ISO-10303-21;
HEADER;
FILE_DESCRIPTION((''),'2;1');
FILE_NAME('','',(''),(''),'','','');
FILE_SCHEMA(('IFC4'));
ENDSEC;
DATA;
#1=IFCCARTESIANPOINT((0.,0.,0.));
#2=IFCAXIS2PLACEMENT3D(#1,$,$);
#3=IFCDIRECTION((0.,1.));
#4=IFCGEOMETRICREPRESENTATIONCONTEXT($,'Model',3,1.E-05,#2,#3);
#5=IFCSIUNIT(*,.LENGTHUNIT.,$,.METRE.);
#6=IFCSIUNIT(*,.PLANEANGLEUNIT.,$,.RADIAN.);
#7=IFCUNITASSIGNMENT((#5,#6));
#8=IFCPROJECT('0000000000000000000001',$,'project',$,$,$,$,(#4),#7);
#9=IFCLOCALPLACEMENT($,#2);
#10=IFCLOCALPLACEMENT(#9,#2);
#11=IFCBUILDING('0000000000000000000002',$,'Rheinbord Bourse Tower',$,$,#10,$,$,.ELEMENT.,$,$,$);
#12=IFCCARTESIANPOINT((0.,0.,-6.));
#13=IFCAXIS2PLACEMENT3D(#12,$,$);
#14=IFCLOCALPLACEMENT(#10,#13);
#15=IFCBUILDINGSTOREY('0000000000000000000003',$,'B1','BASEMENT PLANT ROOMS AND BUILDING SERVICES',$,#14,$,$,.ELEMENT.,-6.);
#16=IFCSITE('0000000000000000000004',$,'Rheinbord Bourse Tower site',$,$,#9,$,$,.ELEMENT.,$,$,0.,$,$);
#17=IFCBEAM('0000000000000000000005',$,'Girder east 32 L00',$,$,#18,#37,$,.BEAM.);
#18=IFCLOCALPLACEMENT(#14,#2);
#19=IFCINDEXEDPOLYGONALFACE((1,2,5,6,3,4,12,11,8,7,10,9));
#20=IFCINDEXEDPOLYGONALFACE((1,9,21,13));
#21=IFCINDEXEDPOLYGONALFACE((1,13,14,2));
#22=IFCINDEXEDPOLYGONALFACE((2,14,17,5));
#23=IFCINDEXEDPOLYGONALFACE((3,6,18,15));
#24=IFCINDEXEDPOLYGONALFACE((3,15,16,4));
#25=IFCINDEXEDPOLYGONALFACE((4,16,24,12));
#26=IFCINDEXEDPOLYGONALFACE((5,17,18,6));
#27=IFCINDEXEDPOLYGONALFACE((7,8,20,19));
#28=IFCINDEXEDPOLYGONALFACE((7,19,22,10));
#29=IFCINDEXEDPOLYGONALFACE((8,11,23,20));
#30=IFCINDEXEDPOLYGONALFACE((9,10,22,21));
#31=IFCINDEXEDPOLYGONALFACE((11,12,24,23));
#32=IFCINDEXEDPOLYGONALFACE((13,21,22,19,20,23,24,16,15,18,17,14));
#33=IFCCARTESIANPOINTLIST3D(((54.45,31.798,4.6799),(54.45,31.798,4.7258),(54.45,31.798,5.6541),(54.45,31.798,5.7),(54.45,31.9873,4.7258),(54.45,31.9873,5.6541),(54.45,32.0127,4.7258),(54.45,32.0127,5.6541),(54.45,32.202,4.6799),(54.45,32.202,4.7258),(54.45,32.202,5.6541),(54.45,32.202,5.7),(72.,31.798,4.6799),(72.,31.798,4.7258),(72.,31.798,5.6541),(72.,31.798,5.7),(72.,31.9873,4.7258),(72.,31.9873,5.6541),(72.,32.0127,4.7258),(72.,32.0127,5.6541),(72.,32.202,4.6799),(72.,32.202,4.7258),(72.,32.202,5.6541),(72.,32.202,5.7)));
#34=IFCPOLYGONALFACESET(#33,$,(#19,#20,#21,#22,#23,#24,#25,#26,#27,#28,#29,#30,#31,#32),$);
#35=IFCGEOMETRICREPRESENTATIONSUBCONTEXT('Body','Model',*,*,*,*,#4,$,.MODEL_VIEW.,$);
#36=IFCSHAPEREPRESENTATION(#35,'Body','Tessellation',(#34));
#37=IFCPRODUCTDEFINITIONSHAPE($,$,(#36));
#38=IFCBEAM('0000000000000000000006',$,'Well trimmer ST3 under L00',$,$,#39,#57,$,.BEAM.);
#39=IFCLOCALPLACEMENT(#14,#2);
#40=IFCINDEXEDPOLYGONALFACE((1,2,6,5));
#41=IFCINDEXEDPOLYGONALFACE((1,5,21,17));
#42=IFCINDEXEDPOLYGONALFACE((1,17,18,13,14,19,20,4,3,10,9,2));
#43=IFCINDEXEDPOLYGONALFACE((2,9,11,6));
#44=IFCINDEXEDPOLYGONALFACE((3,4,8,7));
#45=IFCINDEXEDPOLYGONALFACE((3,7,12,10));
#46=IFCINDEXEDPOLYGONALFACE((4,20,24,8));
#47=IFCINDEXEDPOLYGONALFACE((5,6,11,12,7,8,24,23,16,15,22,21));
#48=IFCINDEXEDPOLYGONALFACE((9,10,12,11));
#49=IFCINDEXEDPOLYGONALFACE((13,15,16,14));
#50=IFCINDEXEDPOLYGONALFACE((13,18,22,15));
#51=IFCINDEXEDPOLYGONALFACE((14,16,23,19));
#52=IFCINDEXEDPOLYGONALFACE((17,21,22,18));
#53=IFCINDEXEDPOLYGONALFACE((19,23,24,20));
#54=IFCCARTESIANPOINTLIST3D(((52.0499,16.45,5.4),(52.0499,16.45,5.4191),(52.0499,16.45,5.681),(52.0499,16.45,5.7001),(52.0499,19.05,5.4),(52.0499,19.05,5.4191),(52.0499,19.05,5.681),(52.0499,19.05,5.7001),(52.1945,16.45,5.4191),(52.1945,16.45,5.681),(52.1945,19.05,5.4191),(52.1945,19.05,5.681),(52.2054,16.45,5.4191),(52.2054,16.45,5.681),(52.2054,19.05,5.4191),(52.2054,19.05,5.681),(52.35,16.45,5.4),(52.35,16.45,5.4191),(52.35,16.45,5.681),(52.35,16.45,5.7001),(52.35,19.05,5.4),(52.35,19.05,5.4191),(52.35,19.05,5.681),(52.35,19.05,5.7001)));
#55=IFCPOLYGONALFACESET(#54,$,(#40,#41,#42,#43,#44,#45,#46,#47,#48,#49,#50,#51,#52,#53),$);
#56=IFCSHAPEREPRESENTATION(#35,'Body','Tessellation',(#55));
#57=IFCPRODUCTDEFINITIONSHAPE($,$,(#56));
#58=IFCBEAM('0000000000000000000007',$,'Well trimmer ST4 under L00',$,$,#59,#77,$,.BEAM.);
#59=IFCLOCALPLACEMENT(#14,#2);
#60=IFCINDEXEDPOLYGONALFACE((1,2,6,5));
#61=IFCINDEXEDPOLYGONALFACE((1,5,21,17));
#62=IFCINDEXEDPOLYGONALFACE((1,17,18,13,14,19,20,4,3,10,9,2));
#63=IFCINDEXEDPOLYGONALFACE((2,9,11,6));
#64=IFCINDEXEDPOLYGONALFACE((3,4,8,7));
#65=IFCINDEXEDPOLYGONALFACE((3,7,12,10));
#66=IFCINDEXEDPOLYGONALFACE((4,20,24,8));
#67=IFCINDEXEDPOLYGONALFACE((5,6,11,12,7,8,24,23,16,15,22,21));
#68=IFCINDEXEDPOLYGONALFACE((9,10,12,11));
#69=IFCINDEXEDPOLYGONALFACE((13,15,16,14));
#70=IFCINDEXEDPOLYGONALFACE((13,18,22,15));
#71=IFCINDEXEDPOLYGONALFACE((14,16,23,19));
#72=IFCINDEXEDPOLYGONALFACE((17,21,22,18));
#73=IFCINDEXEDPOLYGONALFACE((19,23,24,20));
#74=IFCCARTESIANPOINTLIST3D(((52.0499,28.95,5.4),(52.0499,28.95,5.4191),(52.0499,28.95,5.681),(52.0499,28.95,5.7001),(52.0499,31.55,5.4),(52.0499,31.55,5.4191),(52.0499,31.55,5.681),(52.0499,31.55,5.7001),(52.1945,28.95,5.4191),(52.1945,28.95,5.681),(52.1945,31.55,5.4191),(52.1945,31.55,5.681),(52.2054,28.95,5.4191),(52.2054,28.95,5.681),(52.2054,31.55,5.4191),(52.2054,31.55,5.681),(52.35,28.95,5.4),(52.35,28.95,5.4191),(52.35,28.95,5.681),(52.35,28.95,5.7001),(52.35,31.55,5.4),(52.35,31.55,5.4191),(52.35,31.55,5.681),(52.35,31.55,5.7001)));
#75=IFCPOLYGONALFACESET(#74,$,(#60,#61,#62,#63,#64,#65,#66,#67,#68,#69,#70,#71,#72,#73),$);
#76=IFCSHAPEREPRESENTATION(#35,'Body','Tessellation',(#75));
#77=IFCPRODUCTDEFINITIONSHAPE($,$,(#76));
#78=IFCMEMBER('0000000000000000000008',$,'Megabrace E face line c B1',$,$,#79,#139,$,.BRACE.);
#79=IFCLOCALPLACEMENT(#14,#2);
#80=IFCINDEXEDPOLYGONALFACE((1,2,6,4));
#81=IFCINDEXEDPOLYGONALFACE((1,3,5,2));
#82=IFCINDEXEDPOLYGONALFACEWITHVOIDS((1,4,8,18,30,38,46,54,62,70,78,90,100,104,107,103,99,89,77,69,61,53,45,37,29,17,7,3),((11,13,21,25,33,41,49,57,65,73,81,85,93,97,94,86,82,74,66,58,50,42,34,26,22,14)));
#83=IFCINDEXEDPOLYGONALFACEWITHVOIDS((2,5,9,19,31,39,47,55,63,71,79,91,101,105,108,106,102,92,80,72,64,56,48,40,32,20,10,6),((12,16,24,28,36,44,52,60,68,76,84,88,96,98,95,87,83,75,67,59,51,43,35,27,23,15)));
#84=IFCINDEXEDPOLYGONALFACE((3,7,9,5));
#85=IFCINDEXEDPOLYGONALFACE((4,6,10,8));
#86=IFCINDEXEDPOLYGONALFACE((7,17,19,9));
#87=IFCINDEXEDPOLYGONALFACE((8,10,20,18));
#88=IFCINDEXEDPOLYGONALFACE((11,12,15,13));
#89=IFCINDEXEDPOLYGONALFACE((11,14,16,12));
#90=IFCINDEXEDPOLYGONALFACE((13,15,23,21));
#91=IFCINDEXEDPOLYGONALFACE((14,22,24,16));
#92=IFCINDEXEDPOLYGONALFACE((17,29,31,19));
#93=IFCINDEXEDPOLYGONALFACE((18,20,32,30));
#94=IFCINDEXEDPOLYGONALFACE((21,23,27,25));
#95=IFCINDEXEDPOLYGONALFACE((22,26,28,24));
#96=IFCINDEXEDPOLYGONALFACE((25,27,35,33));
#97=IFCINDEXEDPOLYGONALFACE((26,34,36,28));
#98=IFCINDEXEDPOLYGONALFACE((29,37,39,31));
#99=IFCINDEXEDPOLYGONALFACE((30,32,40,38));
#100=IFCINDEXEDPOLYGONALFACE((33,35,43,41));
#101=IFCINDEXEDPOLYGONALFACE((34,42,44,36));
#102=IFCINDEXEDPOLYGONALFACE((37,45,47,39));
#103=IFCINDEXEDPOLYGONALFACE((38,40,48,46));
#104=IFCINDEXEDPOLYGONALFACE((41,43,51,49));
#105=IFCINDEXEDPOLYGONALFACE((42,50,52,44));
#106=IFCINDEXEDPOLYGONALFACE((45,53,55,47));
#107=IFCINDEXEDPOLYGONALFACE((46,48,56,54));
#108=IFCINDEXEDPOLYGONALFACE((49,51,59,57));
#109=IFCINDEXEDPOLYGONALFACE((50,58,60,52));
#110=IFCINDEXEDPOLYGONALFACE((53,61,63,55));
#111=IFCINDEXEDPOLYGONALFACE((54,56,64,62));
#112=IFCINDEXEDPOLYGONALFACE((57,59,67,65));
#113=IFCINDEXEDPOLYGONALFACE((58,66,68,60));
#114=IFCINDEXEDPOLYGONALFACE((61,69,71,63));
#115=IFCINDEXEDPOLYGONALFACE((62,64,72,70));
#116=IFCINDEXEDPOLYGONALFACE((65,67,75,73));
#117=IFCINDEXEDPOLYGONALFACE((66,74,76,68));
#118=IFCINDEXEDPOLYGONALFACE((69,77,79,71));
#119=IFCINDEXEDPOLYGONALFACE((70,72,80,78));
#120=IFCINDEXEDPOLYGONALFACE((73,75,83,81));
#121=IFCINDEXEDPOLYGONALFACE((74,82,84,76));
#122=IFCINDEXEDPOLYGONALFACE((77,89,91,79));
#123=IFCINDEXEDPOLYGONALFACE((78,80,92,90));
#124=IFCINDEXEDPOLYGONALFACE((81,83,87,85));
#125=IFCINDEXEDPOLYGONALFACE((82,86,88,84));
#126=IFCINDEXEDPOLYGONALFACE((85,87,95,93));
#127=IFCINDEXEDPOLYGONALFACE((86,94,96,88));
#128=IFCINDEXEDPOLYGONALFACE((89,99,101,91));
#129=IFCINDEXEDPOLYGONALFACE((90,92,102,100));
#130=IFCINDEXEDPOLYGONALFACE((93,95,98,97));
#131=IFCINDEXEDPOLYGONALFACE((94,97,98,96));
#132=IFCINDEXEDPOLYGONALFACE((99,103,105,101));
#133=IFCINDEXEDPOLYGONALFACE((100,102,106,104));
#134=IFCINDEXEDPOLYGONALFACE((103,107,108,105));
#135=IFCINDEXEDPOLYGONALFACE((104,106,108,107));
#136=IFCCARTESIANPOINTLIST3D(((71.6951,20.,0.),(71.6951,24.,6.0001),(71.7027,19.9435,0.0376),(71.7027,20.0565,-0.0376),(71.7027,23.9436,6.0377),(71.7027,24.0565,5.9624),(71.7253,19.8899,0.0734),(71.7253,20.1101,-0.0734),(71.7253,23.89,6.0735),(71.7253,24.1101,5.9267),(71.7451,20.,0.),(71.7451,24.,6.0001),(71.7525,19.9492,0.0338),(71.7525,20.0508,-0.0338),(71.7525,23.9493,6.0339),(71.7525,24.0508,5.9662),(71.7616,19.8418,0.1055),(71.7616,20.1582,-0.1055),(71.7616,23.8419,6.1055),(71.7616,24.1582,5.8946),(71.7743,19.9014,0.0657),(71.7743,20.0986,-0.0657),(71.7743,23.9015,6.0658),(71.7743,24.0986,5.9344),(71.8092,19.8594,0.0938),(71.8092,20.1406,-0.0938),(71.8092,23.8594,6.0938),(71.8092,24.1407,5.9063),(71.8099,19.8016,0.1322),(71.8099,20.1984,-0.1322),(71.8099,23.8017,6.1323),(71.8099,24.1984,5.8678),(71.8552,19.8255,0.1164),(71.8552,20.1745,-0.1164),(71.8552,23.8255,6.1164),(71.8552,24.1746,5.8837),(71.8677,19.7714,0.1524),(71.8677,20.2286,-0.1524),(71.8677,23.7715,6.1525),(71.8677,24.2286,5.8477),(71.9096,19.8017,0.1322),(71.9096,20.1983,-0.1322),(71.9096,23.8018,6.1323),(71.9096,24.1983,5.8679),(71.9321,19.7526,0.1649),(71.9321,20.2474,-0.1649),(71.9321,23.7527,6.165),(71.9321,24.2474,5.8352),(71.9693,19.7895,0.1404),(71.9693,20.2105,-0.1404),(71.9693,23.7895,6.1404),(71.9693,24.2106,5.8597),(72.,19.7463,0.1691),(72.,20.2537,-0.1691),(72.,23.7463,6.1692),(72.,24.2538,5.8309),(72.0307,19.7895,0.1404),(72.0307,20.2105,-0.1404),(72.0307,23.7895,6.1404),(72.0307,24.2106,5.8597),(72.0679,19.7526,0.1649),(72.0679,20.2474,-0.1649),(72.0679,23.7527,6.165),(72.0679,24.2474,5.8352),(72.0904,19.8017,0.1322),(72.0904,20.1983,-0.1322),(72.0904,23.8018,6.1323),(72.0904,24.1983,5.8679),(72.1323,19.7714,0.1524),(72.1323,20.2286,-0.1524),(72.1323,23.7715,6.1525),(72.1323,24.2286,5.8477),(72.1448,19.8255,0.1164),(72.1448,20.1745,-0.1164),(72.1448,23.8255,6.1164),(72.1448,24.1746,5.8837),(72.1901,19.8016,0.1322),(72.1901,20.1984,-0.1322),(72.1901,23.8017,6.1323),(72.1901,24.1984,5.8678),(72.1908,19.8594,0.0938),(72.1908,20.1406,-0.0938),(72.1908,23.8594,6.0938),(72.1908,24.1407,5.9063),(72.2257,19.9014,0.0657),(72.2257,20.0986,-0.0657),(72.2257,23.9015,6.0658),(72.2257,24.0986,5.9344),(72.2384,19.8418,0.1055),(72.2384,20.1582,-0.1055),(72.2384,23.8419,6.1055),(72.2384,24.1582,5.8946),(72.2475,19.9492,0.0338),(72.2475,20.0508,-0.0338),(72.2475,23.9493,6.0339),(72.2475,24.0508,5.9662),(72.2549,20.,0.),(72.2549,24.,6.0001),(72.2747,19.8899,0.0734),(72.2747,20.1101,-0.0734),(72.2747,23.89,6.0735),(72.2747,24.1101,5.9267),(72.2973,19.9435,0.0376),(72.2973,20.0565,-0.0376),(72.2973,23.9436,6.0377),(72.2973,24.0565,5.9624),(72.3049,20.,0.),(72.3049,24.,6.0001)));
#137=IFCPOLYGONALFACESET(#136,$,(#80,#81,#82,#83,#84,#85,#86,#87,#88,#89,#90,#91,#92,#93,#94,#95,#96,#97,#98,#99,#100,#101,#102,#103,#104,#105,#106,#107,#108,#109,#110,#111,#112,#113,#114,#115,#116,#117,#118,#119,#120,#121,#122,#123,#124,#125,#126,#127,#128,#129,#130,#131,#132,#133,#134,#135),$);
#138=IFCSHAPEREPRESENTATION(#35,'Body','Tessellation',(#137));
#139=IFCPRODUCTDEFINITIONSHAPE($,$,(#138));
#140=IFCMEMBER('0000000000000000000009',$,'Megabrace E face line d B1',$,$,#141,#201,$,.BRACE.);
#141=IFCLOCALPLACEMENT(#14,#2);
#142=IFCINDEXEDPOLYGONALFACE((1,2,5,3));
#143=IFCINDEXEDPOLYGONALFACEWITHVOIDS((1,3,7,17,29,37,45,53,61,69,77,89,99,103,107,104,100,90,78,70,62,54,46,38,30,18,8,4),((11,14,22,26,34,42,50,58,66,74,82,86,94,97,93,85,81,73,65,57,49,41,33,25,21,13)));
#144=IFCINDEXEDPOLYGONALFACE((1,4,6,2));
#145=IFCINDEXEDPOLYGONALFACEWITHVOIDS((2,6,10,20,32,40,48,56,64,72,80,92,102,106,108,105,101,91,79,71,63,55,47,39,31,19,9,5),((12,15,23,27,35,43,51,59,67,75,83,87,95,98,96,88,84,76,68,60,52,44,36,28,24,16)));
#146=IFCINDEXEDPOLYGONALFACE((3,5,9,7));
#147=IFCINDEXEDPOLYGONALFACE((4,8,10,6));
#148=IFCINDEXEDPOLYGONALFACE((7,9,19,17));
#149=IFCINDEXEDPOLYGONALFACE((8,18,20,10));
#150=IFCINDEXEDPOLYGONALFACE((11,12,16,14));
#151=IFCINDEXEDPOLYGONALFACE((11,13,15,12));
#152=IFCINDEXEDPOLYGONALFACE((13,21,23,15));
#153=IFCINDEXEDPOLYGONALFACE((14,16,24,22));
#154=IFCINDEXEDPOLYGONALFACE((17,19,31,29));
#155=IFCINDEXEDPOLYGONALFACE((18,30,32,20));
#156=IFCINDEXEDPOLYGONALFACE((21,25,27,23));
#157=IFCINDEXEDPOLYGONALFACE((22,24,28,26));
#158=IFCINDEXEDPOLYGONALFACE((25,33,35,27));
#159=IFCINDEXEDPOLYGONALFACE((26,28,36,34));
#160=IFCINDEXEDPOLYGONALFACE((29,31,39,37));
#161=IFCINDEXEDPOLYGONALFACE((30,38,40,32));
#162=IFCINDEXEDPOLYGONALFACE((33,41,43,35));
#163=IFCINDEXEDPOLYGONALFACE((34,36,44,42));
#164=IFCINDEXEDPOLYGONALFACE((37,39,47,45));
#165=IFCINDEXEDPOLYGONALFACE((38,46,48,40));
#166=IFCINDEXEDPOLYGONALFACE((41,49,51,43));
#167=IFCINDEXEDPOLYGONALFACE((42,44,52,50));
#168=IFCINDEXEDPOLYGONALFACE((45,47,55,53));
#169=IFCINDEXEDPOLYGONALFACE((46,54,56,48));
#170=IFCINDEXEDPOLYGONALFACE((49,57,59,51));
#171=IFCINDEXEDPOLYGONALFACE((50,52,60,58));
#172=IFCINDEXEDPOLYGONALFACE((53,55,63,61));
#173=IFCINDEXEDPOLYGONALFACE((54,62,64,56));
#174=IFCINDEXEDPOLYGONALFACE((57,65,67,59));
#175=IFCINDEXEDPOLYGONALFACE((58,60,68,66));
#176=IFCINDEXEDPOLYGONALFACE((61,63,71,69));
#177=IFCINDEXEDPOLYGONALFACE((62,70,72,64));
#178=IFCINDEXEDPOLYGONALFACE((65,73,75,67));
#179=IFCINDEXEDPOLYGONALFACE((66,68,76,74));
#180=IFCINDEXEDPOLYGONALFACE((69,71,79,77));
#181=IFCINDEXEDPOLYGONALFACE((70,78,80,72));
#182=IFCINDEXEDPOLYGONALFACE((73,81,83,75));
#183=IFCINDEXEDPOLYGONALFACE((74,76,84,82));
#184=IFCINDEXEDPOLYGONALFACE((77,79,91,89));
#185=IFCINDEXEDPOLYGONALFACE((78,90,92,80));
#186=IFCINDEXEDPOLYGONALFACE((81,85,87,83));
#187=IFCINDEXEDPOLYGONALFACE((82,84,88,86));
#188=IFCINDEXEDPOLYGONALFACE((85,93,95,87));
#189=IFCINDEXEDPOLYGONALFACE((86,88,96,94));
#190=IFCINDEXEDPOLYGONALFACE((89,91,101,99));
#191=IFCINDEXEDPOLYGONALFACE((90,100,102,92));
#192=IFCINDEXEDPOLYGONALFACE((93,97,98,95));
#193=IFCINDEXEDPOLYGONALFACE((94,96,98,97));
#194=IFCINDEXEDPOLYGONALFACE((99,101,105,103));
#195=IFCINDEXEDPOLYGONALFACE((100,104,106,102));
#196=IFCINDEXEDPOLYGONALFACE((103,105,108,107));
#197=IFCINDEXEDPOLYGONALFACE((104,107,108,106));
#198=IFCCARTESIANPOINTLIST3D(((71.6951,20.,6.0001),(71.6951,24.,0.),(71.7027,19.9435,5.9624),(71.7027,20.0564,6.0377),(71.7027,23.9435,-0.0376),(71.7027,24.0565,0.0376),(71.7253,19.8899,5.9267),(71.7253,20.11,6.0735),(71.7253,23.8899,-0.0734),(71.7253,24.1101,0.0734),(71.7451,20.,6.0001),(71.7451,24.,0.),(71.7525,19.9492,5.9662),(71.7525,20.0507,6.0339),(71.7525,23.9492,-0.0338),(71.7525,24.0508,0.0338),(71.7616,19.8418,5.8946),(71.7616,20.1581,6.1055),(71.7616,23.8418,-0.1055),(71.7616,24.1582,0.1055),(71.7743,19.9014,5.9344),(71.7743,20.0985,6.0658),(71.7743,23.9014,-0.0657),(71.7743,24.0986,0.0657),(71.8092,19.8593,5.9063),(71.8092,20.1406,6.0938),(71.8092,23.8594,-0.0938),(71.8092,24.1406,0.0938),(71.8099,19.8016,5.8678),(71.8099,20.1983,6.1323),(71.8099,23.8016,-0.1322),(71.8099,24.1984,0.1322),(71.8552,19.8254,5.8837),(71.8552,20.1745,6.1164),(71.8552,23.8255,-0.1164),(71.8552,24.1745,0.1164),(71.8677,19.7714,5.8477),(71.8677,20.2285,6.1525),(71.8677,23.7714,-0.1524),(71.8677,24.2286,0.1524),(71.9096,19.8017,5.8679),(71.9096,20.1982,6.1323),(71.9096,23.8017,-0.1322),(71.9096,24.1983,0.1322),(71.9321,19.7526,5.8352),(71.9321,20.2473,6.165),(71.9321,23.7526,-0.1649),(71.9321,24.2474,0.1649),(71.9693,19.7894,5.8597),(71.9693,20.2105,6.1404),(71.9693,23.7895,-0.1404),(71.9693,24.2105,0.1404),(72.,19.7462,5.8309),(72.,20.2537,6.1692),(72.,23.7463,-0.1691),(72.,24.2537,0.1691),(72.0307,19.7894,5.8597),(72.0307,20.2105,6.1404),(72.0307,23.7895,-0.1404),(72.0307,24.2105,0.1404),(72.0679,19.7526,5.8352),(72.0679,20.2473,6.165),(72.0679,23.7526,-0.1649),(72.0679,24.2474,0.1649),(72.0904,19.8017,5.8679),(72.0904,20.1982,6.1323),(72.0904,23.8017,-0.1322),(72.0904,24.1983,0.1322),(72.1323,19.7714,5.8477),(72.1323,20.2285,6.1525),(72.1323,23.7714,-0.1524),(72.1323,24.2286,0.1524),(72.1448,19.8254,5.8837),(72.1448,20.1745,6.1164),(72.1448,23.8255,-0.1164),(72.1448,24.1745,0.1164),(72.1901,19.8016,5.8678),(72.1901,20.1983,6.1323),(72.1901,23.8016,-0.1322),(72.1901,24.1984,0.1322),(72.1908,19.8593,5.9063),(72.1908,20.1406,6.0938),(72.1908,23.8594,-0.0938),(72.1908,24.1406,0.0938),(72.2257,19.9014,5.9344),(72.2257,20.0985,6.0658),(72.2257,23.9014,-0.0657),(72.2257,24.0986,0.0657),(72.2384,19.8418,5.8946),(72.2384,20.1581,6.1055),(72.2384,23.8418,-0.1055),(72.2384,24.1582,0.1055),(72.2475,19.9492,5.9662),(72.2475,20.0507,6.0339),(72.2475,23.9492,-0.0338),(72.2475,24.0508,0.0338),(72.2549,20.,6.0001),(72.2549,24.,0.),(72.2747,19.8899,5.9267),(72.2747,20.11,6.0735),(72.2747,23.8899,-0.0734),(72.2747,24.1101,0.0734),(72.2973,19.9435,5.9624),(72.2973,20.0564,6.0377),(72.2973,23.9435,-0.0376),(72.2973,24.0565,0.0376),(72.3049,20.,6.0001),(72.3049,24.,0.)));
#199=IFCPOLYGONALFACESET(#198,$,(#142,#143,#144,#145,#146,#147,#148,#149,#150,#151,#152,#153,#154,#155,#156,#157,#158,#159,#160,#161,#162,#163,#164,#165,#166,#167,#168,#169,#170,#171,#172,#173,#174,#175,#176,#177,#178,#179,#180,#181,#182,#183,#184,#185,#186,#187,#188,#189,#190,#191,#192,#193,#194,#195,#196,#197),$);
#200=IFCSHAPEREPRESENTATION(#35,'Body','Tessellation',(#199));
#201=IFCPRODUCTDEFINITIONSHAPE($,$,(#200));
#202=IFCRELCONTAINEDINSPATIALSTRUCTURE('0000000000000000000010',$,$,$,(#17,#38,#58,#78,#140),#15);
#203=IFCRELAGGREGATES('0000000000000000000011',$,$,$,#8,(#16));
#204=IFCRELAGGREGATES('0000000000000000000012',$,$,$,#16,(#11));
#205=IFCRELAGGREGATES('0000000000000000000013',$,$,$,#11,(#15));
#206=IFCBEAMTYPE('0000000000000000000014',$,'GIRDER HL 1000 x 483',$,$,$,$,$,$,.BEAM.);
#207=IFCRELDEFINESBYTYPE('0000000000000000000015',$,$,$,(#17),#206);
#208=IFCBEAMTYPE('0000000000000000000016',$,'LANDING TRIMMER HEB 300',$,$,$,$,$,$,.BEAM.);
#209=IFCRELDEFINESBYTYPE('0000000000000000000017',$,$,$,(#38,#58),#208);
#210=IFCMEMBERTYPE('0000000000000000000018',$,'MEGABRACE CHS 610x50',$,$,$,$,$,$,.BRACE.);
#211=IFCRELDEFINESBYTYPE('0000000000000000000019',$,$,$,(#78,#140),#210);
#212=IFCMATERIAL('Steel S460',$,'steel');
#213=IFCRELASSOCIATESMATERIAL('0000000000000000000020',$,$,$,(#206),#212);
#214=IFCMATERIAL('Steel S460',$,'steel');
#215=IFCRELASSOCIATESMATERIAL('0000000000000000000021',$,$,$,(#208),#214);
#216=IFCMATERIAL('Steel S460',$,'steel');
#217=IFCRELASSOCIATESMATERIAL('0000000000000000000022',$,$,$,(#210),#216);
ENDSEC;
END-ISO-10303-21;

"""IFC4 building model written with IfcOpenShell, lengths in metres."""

from ifc_helpers import new_model, si_unit, direction, frame, origin, origin_2d, place, context, subcontext, project, spatial, hollow_circle, i_section, extrude, material, material_profile, profile_set, type_object, element, save


model = new_model("IFC4")

# Units and contexts
model_context = context("Model", 3, precision=1e-05, world=origin(), true_north=direction((0.0, 1.0)))
body_context = subcontext(model_context, "Body", "Model", "MODEL_VIEW")
ifc_project = project(units=[si_unit("LENGTHUNIT", "METRE"), si_unit("PLANEANGLEUNIT", "RADIAN")], contexts=[model_context])

# Site, building, storey
site_placement = place(None, origin())
site = spatial("IfcSite", under=ifc_project, at=site_placement, Name="Rheinbord Bourse Tower site", CompositionType="ELEMENT", RefElevation=0.0)
building_placement = place(site_placement, origin())
building = spatial("IfcBuilding", under=site, at=building_placement, Name="Rheinbord Bourse Tower", CompositionType="ELEMENT")
storey_placement = place(building_placement, frame((0.0, 0.0, -6.0)))
storey = spatial("IfcBuildingStorey", under=building, at=storey_placement, Name="B1", Description="BASEMENT PLANT ROOMS AND BUILDING SERVICES", CompositionType="ELEMENT", Elevation=-6.0)

# Beams
ifc_material_1 = material(Name="Steel S460", Category="steel")
ifc_material_profile_1 = material_profile(ifc_material_1, i_section(OverallWidth=0.4041, OverallDepth=1.02, WebThickness=0.0254, FlangeThickness=0.0459, at=origin_2d()), Name="HL 1000 x 483")
ifc_profile_set_1 = profile_set([ifc_material_profile_1], Name="Steel S460")
beam_type_1 = type_object("IfcBeamType", Name="GIRDER HL 1000 x 483", PredefinedType="BEAM", material=ifc_profile_set_1)
beam_placement = place(storey_placement, frame((54.45, 32.0, 5.1899), z_axis=(1.0, 0.0, 0.0), x_axis=(0.0, 1.0, 0.0)))
element("IfcBeam", 1, at=beam_placement, inside=storey, type_object=beam_type_1, Name="Girder east 32 L00", PredefinedType="BEAM", context=body_context, shape_type="SweptSolid", body=[
    extrude(i_section(OverallWidth=0.4041, OverallDepth=1.02, WebThickness=0.0254, FlangeThickness=0.0459, at=origin_2d()), origin(), (0.0, 0.0, 1.0), 17.55),
])
ifc_material_2 = material(Name="Steel S460", Category="steel")
ifc_material_profile_2 = material_profile(ifc_material_2, i_section(OverallWidth=0.3, OverallDepth=0.3, WebThickness=0.011, FlangeThickness=0.019, at=origin_2d()), Name="HEB 300")
ifc_profile_set_2 = profile_set([ifc_material_profile_2], Name="Steel S460")
beam_type_2 = type_object("IfcBeamType", Name="LANDING TRIMMER HEB 300", PredefinedType="BEAM", material=ifc_profile_set_2)
for number, where, z_axis, x_axis, name in (
    (2, (52.2, 16.45, 5.55), (0.0, 1.0, 0.0), (-1.0, 0.0, 0.0), "Well trimmer ST3 under L00"),
    (3, (52.2, 28.95, 5.55), (0.0, 1.0, 0.0), (-1.0, 0.0, 0.0), "Well trimmer ST4 under L00"),
):
    element("IfcBeam", number, at=place(storey_placement, frame(where, z_axis=z_axis, x_axis=x_axis)), inside=storey, type_object=beam_type_2, Name=name, PredefinedType="BEAM", context=body_context, shape_type="SweptSolid", body=[
        extrude(i_section(OverallWidth=0.3, OverallDepth=0.3, WebThickness=0.011, FlangeThickness=0.019, at=origin_2d()), origin(), (0.0, 0.0, 1.0), 2.6001),
    ])

# Members
ifc_material_3 = material(Name="Steel S460", Category="steel")
ifc_material_profile_3 = material_profile(ifc_material_3, hollow_circle(Radius=0.3049, WallThickness=0.05, at=origin_2d()), Name="CHS 610x50")
ifc_profile_set_3 = profile_set([ifc_material_profile_3], Name="Steel S460")
member_type = type_object("IfcMemberType", Name="MEGABRACE CHS 610x50", PredefinedType="BRACE", material=ifc_profile_set_3)
for number, where, z_axis, x_axis, name in (
    (4, (72.0, 20.0, 0.0), (0.0, 0.5547, 0.83205), (-1.0, 0.0, 0.0), "Megabrace E face line c B1"),
    (5, (72.0, 24.0, 0.0), (0.0, -0.5547, 0.83205), (1.0, 0.0, 0.0), "Megabrace E face line d B1"),
):
    element("IfcMember", number, at=place(storey_placement, frame(where, z_axis=z_axis, x_axis=x_axis)), inside=storey, type_object=member_type, Name=name, PredefinedType="BRACE", context=body_context, shape_type="SweptSolid", body=[
        extrude(hollow_circle(Radius=0.3049, WallThickness=0.05, at=origin_2d()), origin(), (0.0, 0.0, 1.0), 7.2112),
    ])

save(model, "model.ifc")
